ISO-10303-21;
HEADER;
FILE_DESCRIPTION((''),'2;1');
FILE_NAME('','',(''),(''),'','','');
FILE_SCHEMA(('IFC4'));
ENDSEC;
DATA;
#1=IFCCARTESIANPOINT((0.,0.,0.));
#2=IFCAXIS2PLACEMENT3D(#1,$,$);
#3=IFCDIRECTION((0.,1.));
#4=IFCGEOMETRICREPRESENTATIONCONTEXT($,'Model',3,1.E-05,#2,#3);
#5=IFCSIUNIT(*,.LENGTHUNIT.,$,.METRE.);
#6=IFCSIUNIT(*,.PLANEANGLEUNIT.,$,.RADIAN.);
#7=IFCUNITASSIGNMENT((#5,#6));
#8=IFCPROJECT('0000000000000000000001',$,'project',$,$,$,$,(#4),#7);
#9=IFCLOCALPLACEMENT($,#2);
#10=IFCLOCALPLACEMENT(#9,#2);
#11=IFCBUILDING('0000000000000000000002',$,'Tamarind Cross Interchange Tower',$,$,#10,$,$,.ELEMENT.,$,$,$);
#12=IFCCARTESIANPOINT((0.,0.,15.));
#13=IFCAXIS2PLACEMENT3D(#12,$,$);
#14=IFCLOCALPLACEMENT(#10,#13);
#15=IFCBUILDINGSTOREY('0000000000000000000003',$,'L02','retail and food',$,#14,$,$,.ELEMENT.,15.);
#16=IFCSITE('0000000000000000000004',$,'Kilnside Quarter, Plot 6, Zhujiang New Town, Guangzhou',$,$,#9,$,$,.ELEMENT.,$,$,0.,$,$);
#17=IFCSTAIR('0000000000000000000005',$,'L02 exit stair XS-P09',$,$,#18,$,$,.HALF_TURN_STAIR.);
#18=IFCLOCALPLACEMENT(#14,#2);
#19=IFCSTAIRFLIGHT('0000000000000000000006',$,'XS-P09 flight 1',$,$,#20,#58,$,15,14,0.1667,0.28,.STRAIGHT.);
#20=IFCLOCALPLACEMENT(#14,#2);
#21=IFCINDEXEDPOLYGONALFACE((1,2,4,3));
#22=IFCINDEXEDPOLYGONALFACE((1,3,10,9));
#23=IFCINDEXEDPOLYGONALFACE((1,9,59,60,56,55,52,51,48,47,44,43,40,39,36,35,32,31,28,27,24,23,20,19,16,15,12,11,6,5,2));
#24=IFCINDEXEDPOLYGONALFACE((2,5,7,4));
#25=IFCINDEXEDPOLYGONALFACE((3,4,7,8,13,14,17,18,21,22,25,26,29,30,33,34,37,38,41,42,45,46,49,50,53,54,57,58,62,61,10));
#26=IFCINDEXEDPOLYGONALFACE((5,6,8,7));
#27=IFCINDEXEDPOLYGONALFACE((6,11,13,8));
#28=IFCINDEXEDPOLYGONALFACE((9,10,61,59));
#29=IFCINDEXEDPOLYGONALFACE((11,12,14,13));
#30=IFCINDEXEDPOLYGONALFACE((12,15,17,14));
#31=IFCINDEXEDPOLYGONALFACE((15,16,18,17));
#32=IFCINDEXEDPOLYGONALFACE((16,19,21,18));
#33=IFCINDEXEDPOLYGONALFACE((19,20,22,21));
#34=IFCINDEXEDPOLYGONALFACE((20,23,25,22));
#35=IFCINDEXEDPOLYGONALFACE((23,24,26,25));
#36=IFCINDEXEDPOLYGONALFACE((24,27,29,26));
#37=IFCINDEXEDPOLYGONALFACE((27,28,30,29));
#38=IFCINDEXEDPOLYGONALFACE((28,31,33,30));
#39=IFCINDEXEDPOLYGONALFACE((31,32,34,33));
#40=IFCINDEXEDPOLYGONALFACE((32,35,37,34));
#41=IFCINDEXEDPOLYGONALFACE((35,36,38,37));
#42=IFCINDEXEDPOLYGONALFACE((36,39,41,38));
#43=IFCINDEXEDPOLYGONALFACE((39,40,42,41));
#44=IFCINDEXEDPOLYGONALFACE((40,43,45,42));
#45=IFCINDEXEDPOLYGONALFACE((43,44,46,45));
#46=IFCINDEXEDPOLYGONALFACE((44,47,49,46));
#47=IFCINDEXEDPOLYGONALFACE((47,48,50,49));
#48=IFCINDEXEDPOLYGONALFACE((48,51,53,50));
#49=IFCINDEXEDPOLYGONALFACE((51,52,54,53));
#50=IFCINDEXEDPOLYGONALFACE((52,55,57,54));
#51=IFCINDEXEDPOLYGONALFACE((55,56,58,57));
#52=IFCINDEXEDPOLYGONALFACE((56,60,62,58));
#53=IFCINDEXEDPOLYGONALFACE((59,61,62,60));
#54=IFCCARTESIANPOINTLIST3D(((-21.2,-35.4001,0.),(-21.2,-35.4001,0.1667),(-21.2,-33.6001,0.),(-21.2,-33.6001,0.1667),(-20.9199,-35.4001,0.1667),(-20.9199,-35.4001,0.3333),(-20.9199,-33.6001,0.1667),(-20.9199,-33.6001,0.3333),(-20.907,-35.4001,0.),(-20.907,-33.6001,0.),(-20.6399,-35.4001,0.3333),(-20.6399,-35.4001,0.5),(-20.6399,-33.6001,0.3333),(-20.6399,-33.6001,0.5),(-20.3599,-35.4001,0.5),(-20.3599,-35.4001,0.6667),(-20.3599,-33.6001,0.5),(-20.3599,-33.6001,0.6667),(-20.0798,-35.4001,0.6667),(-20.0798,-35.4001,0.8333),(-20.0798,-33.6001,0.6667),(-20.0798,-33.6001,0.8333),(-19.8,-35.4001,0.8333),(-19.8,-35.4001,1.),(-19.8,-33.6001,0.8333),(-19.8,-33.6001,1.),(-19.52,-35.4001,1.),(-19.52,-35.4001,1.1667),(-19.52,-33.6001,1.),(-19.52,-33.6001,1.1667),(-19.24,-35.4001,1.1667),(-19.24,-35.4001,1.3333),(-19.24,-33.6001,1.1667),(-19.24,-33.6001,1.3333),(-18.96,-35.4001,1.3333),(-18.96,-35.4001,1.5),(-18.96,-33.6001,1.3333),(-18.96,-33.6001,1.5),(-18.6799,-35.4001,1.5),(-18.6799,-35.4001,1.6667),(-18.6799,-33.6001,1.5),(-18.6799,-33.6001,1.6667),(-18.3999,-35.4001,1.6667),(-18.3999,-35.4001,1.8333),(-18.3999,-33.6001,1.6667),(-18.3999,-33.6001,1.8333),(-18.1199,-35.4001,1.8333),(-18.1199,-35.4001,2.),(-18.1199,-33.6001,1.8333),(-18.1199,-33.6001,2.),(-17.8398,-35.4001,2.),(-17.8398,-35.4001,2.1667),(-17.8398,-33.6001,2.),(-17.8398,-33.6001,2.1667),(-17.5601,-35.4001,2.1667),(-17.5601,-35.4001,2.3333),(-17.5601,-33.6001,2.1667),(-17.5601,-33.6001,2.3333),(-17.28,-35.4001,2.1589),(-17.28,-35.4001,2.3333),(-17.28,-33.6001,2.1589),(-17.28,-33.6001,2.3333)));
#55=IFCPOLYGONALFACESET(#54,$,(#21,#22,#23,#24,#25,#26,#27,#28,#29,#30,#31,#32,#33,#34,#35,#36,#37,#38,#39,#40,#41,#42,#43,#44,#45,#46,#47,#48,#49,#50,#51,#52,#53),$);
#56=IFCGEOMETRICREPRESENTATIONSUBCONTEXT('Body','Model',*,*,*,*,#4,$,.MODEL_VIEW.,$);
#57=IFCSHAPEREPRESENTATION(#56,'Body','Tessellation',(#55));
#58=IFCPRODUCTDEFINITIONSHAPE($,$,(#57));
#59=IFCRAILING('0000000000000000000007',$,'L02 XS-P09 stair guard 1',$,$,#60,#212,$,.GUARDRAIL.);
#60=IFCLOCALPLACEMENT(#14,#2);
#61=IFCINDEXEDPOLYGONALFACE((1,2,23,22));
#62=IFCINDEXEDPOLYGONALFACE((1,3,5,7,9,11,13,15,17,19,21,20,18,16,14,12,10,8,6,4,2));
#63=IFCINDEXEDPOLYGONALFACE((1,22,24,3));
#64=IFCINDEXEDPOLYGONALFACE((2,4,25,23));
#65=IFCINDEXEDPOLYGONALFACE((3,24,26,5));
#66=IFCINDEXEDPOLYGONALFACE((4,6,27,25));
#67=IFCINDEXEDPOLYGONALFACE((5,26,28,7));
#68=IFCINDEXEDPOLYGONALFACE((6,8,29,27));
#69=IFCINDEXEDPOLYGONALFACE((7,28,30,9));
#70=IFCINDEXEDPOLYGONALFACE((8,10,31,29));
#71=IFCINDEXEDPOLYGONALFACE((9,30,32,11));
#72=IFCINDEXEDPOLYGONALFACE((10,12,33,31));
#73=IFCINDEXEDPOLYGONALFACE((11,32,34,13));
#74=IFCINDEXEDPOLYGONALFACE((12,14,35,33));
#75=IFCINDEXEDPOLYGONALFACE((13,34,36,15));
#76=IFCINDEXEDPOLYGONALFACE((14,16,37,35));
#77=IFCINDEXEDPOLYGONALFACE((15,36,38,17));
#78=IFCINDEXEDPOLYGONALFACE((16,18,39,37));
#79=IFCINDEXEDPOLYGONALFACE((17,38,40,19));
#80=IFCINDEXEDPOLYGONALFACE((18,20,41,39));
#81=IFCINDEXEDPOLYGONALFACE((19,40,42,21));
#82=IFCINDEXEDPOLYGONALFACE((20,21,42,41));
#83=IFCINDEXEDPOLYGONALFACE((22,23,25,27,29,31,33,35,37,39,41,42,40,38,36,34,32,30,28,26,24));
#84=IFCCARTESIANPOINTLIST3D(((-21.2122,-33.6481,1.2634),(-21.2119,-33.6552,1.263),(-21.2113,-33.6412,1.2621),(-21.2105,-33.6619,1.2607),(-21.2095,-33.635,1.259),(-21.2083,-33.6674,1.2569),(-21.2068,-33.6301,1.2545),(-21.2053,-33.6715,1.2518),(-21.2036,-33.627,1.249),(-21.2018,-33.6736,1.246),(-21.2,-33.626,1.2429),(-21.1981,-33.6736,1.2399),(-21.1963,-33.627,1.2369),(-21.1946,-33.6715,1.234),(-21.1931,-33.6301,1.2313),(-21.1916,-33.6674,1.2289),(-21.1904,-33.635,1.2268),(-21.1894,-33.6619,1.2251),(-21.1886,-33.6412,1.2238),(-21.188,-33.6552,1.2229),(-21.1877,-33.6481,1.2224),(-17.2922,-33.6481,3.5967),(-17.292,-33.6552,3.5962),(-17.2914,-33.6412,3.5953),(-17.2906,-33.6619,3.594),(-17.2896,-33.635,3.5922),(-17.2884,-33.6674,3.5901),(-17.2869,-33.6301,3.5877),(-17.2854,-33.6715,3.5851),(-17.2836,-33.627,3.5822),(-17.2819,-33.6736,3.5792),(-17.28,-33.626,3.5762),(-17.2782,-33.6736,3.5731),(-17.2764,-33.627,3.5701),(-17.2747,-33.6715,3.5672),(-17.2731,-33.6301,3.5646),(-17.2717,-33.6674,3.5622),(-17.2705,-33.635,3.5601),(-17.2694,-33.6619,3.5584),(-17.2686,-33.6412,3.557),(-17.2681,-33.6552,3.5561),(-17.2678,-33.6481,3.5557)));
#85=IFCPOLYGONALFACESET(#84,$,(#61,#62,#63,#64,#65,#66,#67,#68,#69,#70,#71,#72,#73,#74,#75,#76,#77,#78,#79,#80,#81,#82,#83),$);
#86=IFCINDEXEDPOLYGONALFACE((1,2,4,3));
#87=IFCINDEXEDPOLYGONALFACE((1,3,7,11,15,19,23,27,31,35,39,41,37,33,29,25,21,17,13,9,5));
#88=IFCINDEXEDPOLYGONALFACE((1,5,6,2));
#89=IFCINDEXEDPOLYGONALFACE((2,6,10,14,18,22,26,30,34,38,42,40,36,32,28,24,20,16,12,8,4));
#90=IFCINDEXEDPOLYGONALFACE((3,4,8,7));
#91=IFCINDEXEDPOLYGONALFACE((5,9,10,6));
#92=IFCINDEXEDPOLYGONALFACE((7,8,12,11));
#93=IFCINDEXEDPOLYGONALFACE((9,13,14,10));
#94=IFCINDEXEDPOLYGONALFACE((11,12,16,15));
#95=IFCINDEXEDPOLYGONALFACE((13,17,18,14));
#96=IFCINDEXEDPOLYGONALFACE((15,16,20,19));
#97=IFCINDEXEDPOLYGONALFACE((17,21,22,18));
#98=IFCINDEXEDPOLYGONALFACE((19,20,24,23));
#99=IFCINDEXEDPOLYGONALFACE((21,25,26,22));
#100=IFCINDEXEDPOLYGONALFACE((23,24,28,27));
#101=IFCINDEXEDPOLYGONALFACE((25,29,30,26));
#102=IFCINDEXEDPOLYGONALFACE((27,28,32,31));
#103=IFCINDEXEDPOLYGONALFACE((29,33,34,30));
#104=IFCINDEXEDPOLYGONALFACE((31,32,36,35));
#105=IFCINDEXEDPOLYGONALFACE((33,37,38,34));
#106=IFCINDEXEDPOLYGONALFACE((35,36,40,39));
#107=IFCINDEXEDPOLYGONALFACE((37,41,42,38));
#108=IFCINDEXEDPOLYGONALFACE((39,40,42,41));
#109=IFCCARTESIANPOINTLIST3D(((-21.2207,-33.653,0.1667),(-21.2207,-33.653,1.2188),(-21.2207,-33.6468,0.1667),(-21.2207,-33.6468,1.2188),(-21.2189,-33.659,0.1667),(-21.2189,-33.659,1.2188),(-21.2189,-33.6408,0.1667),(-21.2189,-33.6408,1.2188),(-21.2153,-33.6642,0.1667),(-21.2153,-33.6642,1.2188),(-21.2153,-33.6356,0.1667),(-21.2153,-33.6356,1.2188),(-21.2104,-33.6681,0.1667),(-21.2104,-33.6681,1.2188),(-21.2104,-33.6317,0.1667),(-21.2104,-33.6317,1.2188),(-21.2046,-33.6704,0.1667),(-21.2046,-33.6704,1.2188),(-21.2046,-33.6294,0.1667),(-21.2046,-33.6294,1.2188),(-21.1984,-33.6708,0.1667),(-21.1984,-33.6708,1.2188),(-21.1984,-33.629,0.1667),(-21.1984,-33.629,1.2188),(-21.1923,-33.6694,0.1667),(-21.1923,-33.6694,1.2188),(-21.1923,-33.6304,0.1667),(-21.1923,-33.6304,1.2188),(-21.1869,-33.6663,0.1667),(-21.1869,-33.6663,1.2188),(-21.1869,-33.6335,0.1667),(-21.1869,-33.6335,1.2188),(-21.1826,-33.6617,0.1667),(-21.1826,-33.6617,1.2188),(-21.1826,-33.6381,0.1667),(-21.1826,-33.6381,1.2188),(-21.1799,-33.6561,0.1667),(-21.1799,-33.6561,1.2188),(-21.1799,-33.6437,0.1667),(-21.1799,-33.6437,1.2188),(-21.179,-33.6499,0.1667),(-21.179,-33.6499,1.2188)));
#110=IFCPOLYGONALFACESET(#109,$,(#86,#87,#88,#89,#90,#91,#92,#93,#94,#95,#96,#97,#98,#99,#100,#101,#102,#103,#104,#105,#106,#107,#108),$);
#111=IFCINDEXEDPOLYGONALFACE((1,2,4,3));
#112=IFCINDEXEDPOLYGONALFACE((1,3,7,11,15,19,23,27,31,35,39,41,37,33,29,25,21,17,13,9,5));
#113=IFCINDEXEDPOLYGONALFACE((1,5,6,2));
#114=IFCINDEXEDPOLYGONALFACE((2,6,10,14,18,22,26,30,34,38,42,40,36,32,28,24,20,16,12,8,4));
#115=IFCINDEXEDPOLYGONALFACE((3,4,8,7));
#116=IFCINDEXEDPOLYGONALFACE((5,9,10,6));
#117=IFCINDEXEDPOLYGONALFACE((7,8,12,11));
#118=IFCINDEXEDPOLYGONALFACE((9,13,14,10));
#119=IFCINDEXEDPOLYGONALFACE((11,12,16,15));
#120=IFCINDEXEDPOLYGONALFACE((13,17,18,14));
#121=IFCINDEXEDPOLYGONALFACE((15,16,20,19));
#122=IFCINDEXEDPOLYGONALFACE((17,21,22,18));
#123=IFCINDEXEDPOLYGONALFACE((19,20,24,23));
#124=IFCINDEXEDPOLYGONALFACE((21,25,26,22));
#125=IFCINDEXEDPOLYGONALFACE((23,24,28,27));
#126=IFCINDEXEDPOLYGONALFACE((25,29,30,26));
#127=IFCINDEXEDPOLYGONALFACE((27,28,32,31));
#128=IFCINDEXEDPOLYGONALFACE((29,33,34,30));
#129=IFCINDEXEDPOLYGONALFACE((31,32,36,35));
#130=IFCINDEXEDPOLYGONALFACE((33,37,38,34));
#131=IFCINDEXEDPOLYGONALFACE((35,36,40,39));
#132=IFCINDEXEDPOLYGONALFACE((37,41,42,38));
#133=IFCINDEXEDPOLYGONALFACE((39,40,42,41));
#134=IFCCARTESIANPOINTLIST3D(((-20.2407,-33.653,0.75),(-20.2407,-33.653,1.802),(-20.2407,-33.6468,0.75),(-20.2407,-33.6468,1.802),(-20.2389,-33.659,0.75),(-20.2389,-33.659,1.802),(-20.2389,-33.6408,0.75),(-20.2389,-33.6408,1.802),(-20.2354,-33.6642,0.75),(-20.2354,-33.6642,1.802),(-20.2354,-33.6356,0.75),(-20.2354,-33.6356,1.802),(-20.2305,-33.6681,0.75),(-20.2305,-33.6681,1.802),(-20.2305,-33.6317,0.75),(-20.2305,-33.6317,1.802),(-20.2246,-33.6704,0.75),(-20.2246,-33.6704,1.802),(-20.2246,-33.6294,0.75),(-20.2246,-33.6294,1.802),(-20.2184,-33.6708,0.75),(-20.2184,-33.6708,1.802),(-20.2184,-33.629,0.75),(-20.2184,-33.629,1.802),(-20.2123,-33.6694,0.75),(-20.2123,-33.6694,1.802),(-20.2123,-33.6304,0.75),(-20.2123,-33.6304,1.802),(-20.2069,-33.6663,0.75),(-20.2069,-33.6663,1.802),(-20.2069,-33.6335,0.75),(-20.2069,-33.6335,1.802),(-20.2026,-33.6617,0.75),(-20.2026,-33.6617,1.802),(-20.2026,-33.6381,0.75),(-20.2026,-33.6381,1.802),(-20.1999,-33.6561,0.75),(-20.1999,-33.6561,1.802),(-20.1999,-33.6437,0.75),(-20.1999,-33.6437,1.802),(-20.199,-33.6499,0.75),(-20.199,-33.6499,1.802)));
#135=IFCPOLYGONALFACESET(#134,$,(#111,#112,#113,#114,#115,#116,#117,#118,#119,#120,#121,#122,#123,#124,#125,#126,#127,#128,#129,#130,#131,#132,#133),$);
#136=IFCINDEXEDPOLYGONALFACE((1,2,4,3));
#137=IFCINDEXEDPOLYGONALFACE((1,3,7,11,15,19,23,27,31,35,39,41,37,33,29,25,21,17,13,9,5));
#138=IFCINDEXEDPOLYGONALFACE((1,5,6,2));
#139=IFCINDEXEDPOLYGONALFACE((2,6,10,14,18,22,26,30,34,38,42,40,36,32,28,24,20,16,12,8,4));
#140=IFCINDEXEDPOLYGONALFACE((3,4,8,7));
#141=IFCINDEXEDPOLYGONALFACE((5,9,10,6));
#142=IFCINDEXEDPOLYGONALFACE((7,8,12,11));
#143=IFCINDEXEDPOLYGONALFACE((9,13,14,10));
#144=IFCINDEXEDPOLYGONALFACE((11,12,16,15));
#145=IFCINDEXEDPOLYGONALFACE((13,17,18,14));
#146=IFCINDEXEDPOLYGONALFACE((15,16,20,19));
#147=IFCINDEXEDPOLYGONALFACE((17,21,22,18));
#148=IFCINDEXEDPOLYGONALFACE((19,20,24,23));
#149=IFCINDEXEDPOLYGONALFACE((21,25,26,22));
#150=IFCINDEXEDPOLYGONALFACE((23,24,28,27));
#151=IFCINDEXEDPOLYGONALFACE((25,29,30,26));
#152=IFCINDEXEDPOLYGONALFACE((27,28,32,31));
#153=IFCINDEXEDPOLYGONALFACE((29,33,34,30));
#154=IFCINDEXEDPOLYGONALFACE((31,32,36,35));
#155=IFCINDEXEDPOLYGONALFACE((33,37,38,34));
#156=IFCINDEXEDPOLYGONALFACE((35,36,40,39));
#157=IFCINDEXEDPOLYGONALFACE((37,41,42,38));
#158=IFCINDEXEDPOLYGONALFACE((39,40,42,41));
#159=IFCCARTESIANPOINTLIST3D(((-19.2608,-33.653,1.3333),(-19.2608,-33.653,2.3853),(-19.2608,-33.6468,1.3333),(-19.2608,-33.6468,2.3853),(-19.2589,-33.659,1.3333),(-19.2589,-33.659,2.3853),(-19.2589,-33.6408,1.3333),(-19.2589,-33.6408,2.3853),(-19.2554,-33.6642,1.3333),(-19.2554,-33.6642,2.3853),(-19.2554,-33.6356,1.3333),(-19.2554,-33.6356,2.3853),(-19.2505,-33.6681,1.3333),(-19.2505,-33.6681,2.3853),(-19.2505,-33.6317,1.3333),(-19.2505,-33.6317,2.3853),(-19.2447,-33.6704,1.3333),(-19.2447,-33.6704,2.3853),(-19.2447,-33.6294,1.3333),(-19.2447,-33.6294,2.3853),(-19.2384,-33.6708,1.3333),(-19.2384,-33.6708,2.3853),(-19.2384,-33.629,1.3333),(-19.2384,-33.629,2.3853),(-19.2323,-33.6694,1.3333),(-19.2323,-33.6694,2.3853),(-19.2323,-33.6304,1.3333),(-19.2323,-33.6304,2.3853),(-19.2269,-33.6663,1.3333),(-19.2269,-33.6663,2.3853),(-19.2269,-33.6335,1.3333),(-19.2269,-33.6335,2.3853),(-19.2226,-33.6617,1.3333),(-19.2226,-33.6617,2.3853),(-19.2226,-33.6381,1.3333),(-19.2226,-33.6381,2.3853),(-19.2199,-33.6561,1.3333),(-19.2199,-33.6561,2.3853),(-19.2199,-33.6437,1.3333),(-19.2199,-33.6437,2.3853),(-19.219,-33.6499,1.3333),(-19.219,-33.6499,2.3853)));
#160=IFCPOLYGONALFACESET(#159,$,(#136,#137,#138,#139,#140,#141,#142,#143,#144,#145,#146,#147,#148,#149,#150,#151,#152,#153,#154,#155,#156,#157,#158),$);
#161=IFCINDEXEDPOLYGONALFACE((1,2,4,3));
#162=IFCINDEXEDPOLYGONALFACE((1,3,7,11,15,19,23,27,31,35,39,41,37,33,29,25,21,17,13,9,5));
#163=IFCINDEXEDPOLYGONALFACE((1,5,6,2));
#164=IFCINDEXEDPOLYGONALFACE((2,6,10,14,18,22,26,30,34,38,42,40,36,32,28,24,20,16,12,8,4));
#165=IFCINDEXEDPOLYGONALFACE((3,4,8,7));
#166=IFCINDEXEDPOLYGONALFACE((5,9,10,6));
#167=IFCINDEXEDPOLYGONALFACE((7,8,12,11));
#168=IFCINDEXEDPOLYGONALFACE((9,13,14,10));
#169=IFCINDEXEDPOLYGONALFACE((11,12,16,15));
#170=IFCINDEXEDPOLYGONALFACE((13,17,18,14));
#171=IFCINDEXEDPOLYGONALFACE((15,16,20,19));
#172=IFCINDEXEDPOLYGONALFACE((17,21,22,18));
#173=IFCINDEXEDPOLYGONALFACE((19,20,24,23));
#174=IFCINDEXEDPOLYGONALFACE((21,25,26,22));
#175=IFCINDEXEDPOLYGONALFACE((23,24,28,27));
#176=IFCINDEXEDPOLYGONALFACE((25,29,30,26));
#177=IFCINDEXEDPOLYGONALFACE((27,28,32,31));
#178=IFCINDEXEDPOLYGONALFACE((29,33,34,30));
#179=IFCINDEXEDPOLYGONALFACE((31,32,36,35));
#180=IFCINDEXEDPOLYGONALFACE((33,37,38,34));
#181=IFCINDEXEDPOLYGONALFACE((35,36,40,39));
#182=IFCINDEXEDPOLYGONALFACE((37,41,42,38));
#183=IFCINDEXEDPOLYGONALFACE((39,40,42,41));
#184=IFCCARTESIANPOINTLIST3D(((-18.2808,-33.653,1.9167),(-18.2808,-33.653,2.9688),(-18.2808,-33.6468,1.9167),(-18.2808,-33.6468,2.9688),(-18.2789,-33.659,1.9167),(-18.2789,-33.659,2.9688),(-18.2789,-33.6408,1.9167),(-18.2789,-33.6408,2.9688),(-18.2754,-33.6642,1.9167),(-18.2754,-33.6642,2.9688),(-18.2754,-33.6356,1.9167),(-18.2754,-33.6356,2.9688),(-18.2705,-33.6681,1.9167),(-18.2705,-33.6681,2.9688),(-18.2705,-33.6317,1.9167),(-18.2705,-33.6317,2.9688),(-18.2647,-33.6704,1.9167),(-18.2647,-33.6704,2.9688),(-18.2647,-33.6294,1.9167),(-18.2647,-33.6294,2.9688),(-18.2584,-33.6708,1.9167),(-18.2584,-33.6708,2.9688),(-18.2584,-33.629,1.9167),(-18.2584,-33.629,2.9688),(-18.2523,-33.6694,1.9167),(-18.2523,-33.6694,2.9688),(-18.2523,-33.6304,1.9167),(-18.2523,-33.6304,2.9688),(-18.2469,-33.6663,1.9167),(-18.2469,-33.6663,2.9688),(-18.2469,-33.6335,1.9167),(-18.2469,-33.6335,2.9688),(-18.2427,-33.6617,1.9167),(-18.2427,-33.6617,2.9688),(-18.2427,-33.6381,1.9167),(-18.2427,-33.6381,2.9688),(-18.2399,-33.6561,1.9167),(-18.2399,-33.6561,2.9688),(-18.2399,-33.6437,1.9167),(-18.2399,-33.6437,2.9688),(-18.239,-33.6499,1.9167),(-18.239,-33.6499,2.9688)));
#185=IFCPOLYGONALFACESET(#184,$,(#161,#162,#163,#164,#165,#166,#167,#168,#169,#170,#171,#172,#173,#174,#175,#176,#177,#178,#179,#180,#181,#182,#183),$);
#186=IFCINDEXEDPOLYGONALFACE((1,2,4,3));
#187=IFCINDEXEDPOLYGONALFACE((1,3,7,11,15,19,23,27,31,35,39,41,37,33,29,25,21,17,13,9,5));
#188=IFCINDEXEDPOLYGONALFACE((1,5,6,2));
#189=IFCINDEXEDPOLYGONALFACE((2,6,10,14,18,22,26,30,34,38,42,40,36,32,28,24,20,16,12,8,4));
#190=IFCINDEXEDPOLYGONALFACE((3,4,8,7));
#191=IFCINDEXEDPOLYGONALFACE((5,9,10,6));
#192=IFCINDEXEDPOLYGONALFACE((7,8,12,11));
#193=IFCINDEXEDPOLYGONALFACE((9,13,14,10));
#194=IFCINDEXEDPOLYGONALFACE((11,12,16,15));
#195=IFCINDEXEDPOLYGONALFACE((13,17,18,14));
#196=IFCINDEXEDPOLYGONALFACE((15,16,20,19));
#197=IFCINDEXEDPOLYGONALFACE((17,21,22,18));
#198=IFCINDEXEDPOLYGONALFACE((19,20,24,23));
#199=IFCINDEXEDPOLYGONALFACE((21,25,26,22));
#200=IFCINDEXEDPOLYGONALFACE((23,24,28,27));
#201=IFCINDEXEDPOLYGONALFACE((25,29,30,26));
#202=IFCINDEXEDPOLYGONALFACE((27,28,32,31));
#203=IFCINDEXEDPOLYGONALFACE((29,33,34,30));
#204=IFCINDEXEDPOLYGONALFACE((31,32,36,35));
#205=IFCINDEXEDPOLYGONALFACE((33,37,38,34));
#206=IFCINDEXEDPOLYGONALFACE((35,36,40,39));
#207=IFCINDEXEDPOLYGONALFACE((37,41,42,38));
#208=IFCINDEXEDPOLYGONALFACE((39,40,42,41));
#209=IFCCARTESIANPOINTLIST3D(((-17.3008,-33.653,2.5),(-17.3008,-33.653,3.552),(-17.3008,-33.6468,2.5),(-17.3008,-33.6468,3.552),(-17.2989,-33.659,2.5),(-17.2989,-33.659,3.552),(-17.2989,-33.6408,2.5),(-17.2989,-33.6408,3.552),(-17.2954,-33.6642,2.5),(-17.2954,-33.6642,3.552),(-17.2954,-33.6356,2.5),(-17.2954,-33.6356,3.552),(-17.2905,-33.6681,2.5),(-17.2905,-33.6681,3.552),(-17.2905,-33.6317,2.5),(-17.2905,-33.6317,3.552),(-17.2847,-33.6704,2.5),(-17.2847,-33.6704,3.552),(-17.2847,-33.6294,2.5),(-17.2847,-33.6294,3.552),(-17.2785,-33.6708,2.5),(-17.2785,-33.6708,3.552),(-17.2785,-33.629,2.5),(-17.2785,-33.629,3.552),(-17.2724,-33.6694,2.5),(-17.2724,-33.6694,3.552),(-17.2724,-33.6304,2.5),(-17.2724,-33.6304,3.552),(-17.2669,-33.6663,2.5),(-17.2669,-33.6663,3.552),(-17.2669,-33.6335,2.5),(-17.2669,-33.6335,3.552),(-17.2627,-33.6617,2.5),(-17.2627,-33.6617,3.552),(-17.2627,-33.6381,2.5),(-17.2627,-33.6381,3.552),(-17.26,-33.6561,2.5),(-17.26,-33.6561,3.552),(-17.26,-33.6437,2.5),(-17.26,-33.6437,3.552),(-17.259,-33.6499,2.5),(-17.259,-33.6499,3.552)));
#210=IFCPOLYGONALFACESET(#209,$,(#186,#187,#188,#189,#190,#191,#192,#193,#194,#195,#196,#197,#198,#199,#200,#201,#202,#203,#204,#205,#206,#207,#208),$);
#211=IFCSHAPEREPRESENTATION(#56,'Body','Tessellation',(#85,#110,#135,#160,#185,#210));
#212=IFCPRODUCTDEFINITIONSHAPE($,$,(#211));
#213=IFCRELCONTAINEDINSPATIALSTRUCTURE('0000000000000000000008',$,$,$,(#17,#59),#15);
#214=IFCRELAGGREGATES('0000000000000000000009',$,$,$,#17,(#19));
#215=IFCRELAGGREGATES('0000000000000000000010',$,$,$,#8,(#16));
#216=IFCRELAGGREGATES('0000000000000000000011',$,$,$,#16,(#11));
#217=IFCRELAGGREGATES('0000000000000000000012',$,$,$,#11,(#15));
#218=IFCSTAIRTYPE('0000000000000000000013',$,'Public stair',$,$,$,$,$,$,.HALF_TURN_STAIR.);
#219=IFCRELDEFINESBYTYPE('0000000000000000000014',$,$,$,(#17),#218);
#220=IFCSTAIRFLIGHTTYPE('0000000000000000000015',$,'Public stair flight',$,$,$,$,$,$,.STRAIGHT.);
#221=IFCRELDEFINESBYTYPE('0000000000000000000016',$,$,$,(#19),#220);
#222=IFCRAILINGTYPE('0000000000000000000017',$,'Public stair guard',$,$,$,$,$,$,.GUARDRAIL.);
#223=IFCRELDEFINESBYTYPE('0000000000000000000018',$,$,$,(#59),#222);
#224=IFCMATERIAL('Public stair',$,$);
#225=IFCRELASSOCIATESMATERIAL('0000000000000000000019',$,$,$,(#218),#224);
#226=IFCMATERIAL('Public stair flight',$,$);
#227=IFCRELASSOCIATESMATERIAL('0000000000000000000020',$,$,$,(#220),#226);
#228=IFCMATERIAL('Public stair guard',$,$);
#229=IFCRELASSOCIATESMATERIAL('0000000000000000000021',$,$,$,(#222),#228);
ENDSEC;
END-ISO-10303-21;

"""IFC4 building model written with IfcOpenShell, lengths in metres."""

from ifc_helpers import new_model, si_unit, direction, frame, origin, origin_2d, place, context, subcontext, project, spatial, polyline, circle, outline, extrude, material, type_object, element, aggregate, save


model = new_model("IFC4")

# Units and contexts
model_context = context("Model", 3, precision=1e-05, world=origin(), true_north=direction((0.0, 1.0)))
body_context = subcontext(model_context, "Body", "Model", "MODEL_VIEW")
ifc_project = project(units=[si_unit("LENGTHUNIT", "METRE"), si_unit("PLANEANGLEUNIT", "RADIAN")], contexts=[model_context])

# Site, building, storey
site_placement = place(None, origin())
site = spatial("IfcSite", under=ifc_project, at=site_placement, Name="Kilnside Quarter, Plot 6, Zhujiang New Town, Guangzhou", CompositionType="ELEMENT", RefElevation=0.0)
building_placement = place(site_placement, origin())
building = spatial("IfcBuilding", under=site, at=building_placement, Name="Tamarind Cross Interchange Tower", CompositionType="ELEMENT")
storey_placement = place(building_placement, frame((0.0, 0.0, 15.0)))
storey = spatial("IfcBuildingStorey", under=building, at=storey_placement, Name="L02", Description="retail and food", CompositionType="ELEMENT", Elevation=15.0)

# Stair, stair flight
ifc_material_1 = material(Name="Public stair")
stair_type = type_object("IfcStairType", Name="Public stair", PredefinedType="HALF_TURN_STAIR", material=ifc_material_1)
stair_placement = place(storey_placement, origin())
stair = element("IfcStair", 1, at=stair_placement, inside=storey, type_object=stair_type, Name="L02 exit stair XS-P09", PredefinedType="HALF_TURN_STAIR")
ifc_material_2 = material(Name="Public stair flight")
stair_flight_type = type_object("IfcStairFlightType", Name="Public stair flight", PredefinedType="STRAIGHT", material=ifc_material_2)
stair_flight_placement = place(storey_placement, frame((-21.2, -34.5, 0.0), z_axis=(0.0, 0.0, 1.0), x_axis=(1.0, 0.0, 0.0)))
stair_flight = element("IfcStairFlight", 2, at=stair_flight_placement, type_object=stair_flight_type, Name="XS-P09 flight 1", NumberOfRisers=15, NumberOfTreads=14, PredefinedType="STRAIGHT", RiserHeight=0.1667, TreadLength=0.28, context=body_context, shape_type="SweptSolid", body=[
    extrude(outline(polyline([(0.0, 0.0), (0.0, 0.1667), (0.28, 0.1667), (0.28, 0.3333), (0.5601, 0.3333), (0.5601, 0.5), (0.8401, 0.5), (0.8401, 0.6667), (1.1201, 0.6667), (1.1201, 0.8333), (1.3999, 0.8333), (1.3999, 1.0), (1.6799, 1.0), (1.6799, 1.1667), (1.96, 1.1667), (1.96, 1.3333), (2.24, 1.3333), (2.24, 1.5), (2.52, 1.5), (2.52, 1.6667), (2.8, 1.6667), (2.8, 1.8333), (3.0801, 1.8333), (3.0801, 2.0), (3.3601, 2.0), (3.3601, 2.1667), (3.6399, 2.1667), (3.6399, 2.3333), (3.9199, 2.3333), (3.9199, 2.5), (3.9199, 2.1589), (0.293, 0.0), (0.0, 0.0)])), frame((0.0, 0.8999, 0.0), z_axis=(0.0, -1.0, 0.0), x_axis=(1.0, 0.0, 0.0)), (0.0, 0.0, 1.0), 1.8),
])
aggregate(stair, [stair_flight])

# Railing
ifc_material_3 = material(Name="Public stair guard")
railing_type_1 = type_object("IfcRailingType", Name="Public stair guard", PredefinedType="GUARDRAIL", material=ifc_material_3)
railing_1_placement = place(storey_placement, frame((-21.2, -33.6499, 0.1667)))
element("IfcRailing", 3, at=railing_1_placement, inside=storey, type_object=railing_type_1, Name="L02 XS-P09 stair guard 1", PredefinedType="GUARDRAIL", context=body_context, shape_type="SweptSolid", body=[
    extrude(circle(Radius=0.0239, at=origin_2d()), frame((0.0, 0.0, 1.0762), z_axis=(0.859296, 0.0, 0.511478), x_axis=(0.0, 1.0, 0.0)), (0.0, 0.0, 1.0), 4.5618),
    extrude(circle(Radius=0.021, at=origin_2d()), origin(), (0.0, 0.0, 1.0), 1.052),
    extrude(circle(Radius=0.021, at=origin_2d()), frame((0.98, 0.0, 0.5833)), (0.0, 0.0, 1.0), 1.052),
    extrude(circle(Radius=0.021, at=origin_2d()), frame((1.96, 0.0, 1.1665)), (0.0, 0.0, 1.0), 1.052),
    extrude(circle(Radius=0.021, at=origin_2d()), frame((2.9399, 0.0, 1.75)), (0.0, 0.0, 1.0), 1.052),
    extrude(circle(Radius=0.021, at=origin_2d()), frame((3.9199, 0.0, 2.3333)), (0.0, 0.0, 1.0), 1.052),
])

save(model, "model.ifc")
